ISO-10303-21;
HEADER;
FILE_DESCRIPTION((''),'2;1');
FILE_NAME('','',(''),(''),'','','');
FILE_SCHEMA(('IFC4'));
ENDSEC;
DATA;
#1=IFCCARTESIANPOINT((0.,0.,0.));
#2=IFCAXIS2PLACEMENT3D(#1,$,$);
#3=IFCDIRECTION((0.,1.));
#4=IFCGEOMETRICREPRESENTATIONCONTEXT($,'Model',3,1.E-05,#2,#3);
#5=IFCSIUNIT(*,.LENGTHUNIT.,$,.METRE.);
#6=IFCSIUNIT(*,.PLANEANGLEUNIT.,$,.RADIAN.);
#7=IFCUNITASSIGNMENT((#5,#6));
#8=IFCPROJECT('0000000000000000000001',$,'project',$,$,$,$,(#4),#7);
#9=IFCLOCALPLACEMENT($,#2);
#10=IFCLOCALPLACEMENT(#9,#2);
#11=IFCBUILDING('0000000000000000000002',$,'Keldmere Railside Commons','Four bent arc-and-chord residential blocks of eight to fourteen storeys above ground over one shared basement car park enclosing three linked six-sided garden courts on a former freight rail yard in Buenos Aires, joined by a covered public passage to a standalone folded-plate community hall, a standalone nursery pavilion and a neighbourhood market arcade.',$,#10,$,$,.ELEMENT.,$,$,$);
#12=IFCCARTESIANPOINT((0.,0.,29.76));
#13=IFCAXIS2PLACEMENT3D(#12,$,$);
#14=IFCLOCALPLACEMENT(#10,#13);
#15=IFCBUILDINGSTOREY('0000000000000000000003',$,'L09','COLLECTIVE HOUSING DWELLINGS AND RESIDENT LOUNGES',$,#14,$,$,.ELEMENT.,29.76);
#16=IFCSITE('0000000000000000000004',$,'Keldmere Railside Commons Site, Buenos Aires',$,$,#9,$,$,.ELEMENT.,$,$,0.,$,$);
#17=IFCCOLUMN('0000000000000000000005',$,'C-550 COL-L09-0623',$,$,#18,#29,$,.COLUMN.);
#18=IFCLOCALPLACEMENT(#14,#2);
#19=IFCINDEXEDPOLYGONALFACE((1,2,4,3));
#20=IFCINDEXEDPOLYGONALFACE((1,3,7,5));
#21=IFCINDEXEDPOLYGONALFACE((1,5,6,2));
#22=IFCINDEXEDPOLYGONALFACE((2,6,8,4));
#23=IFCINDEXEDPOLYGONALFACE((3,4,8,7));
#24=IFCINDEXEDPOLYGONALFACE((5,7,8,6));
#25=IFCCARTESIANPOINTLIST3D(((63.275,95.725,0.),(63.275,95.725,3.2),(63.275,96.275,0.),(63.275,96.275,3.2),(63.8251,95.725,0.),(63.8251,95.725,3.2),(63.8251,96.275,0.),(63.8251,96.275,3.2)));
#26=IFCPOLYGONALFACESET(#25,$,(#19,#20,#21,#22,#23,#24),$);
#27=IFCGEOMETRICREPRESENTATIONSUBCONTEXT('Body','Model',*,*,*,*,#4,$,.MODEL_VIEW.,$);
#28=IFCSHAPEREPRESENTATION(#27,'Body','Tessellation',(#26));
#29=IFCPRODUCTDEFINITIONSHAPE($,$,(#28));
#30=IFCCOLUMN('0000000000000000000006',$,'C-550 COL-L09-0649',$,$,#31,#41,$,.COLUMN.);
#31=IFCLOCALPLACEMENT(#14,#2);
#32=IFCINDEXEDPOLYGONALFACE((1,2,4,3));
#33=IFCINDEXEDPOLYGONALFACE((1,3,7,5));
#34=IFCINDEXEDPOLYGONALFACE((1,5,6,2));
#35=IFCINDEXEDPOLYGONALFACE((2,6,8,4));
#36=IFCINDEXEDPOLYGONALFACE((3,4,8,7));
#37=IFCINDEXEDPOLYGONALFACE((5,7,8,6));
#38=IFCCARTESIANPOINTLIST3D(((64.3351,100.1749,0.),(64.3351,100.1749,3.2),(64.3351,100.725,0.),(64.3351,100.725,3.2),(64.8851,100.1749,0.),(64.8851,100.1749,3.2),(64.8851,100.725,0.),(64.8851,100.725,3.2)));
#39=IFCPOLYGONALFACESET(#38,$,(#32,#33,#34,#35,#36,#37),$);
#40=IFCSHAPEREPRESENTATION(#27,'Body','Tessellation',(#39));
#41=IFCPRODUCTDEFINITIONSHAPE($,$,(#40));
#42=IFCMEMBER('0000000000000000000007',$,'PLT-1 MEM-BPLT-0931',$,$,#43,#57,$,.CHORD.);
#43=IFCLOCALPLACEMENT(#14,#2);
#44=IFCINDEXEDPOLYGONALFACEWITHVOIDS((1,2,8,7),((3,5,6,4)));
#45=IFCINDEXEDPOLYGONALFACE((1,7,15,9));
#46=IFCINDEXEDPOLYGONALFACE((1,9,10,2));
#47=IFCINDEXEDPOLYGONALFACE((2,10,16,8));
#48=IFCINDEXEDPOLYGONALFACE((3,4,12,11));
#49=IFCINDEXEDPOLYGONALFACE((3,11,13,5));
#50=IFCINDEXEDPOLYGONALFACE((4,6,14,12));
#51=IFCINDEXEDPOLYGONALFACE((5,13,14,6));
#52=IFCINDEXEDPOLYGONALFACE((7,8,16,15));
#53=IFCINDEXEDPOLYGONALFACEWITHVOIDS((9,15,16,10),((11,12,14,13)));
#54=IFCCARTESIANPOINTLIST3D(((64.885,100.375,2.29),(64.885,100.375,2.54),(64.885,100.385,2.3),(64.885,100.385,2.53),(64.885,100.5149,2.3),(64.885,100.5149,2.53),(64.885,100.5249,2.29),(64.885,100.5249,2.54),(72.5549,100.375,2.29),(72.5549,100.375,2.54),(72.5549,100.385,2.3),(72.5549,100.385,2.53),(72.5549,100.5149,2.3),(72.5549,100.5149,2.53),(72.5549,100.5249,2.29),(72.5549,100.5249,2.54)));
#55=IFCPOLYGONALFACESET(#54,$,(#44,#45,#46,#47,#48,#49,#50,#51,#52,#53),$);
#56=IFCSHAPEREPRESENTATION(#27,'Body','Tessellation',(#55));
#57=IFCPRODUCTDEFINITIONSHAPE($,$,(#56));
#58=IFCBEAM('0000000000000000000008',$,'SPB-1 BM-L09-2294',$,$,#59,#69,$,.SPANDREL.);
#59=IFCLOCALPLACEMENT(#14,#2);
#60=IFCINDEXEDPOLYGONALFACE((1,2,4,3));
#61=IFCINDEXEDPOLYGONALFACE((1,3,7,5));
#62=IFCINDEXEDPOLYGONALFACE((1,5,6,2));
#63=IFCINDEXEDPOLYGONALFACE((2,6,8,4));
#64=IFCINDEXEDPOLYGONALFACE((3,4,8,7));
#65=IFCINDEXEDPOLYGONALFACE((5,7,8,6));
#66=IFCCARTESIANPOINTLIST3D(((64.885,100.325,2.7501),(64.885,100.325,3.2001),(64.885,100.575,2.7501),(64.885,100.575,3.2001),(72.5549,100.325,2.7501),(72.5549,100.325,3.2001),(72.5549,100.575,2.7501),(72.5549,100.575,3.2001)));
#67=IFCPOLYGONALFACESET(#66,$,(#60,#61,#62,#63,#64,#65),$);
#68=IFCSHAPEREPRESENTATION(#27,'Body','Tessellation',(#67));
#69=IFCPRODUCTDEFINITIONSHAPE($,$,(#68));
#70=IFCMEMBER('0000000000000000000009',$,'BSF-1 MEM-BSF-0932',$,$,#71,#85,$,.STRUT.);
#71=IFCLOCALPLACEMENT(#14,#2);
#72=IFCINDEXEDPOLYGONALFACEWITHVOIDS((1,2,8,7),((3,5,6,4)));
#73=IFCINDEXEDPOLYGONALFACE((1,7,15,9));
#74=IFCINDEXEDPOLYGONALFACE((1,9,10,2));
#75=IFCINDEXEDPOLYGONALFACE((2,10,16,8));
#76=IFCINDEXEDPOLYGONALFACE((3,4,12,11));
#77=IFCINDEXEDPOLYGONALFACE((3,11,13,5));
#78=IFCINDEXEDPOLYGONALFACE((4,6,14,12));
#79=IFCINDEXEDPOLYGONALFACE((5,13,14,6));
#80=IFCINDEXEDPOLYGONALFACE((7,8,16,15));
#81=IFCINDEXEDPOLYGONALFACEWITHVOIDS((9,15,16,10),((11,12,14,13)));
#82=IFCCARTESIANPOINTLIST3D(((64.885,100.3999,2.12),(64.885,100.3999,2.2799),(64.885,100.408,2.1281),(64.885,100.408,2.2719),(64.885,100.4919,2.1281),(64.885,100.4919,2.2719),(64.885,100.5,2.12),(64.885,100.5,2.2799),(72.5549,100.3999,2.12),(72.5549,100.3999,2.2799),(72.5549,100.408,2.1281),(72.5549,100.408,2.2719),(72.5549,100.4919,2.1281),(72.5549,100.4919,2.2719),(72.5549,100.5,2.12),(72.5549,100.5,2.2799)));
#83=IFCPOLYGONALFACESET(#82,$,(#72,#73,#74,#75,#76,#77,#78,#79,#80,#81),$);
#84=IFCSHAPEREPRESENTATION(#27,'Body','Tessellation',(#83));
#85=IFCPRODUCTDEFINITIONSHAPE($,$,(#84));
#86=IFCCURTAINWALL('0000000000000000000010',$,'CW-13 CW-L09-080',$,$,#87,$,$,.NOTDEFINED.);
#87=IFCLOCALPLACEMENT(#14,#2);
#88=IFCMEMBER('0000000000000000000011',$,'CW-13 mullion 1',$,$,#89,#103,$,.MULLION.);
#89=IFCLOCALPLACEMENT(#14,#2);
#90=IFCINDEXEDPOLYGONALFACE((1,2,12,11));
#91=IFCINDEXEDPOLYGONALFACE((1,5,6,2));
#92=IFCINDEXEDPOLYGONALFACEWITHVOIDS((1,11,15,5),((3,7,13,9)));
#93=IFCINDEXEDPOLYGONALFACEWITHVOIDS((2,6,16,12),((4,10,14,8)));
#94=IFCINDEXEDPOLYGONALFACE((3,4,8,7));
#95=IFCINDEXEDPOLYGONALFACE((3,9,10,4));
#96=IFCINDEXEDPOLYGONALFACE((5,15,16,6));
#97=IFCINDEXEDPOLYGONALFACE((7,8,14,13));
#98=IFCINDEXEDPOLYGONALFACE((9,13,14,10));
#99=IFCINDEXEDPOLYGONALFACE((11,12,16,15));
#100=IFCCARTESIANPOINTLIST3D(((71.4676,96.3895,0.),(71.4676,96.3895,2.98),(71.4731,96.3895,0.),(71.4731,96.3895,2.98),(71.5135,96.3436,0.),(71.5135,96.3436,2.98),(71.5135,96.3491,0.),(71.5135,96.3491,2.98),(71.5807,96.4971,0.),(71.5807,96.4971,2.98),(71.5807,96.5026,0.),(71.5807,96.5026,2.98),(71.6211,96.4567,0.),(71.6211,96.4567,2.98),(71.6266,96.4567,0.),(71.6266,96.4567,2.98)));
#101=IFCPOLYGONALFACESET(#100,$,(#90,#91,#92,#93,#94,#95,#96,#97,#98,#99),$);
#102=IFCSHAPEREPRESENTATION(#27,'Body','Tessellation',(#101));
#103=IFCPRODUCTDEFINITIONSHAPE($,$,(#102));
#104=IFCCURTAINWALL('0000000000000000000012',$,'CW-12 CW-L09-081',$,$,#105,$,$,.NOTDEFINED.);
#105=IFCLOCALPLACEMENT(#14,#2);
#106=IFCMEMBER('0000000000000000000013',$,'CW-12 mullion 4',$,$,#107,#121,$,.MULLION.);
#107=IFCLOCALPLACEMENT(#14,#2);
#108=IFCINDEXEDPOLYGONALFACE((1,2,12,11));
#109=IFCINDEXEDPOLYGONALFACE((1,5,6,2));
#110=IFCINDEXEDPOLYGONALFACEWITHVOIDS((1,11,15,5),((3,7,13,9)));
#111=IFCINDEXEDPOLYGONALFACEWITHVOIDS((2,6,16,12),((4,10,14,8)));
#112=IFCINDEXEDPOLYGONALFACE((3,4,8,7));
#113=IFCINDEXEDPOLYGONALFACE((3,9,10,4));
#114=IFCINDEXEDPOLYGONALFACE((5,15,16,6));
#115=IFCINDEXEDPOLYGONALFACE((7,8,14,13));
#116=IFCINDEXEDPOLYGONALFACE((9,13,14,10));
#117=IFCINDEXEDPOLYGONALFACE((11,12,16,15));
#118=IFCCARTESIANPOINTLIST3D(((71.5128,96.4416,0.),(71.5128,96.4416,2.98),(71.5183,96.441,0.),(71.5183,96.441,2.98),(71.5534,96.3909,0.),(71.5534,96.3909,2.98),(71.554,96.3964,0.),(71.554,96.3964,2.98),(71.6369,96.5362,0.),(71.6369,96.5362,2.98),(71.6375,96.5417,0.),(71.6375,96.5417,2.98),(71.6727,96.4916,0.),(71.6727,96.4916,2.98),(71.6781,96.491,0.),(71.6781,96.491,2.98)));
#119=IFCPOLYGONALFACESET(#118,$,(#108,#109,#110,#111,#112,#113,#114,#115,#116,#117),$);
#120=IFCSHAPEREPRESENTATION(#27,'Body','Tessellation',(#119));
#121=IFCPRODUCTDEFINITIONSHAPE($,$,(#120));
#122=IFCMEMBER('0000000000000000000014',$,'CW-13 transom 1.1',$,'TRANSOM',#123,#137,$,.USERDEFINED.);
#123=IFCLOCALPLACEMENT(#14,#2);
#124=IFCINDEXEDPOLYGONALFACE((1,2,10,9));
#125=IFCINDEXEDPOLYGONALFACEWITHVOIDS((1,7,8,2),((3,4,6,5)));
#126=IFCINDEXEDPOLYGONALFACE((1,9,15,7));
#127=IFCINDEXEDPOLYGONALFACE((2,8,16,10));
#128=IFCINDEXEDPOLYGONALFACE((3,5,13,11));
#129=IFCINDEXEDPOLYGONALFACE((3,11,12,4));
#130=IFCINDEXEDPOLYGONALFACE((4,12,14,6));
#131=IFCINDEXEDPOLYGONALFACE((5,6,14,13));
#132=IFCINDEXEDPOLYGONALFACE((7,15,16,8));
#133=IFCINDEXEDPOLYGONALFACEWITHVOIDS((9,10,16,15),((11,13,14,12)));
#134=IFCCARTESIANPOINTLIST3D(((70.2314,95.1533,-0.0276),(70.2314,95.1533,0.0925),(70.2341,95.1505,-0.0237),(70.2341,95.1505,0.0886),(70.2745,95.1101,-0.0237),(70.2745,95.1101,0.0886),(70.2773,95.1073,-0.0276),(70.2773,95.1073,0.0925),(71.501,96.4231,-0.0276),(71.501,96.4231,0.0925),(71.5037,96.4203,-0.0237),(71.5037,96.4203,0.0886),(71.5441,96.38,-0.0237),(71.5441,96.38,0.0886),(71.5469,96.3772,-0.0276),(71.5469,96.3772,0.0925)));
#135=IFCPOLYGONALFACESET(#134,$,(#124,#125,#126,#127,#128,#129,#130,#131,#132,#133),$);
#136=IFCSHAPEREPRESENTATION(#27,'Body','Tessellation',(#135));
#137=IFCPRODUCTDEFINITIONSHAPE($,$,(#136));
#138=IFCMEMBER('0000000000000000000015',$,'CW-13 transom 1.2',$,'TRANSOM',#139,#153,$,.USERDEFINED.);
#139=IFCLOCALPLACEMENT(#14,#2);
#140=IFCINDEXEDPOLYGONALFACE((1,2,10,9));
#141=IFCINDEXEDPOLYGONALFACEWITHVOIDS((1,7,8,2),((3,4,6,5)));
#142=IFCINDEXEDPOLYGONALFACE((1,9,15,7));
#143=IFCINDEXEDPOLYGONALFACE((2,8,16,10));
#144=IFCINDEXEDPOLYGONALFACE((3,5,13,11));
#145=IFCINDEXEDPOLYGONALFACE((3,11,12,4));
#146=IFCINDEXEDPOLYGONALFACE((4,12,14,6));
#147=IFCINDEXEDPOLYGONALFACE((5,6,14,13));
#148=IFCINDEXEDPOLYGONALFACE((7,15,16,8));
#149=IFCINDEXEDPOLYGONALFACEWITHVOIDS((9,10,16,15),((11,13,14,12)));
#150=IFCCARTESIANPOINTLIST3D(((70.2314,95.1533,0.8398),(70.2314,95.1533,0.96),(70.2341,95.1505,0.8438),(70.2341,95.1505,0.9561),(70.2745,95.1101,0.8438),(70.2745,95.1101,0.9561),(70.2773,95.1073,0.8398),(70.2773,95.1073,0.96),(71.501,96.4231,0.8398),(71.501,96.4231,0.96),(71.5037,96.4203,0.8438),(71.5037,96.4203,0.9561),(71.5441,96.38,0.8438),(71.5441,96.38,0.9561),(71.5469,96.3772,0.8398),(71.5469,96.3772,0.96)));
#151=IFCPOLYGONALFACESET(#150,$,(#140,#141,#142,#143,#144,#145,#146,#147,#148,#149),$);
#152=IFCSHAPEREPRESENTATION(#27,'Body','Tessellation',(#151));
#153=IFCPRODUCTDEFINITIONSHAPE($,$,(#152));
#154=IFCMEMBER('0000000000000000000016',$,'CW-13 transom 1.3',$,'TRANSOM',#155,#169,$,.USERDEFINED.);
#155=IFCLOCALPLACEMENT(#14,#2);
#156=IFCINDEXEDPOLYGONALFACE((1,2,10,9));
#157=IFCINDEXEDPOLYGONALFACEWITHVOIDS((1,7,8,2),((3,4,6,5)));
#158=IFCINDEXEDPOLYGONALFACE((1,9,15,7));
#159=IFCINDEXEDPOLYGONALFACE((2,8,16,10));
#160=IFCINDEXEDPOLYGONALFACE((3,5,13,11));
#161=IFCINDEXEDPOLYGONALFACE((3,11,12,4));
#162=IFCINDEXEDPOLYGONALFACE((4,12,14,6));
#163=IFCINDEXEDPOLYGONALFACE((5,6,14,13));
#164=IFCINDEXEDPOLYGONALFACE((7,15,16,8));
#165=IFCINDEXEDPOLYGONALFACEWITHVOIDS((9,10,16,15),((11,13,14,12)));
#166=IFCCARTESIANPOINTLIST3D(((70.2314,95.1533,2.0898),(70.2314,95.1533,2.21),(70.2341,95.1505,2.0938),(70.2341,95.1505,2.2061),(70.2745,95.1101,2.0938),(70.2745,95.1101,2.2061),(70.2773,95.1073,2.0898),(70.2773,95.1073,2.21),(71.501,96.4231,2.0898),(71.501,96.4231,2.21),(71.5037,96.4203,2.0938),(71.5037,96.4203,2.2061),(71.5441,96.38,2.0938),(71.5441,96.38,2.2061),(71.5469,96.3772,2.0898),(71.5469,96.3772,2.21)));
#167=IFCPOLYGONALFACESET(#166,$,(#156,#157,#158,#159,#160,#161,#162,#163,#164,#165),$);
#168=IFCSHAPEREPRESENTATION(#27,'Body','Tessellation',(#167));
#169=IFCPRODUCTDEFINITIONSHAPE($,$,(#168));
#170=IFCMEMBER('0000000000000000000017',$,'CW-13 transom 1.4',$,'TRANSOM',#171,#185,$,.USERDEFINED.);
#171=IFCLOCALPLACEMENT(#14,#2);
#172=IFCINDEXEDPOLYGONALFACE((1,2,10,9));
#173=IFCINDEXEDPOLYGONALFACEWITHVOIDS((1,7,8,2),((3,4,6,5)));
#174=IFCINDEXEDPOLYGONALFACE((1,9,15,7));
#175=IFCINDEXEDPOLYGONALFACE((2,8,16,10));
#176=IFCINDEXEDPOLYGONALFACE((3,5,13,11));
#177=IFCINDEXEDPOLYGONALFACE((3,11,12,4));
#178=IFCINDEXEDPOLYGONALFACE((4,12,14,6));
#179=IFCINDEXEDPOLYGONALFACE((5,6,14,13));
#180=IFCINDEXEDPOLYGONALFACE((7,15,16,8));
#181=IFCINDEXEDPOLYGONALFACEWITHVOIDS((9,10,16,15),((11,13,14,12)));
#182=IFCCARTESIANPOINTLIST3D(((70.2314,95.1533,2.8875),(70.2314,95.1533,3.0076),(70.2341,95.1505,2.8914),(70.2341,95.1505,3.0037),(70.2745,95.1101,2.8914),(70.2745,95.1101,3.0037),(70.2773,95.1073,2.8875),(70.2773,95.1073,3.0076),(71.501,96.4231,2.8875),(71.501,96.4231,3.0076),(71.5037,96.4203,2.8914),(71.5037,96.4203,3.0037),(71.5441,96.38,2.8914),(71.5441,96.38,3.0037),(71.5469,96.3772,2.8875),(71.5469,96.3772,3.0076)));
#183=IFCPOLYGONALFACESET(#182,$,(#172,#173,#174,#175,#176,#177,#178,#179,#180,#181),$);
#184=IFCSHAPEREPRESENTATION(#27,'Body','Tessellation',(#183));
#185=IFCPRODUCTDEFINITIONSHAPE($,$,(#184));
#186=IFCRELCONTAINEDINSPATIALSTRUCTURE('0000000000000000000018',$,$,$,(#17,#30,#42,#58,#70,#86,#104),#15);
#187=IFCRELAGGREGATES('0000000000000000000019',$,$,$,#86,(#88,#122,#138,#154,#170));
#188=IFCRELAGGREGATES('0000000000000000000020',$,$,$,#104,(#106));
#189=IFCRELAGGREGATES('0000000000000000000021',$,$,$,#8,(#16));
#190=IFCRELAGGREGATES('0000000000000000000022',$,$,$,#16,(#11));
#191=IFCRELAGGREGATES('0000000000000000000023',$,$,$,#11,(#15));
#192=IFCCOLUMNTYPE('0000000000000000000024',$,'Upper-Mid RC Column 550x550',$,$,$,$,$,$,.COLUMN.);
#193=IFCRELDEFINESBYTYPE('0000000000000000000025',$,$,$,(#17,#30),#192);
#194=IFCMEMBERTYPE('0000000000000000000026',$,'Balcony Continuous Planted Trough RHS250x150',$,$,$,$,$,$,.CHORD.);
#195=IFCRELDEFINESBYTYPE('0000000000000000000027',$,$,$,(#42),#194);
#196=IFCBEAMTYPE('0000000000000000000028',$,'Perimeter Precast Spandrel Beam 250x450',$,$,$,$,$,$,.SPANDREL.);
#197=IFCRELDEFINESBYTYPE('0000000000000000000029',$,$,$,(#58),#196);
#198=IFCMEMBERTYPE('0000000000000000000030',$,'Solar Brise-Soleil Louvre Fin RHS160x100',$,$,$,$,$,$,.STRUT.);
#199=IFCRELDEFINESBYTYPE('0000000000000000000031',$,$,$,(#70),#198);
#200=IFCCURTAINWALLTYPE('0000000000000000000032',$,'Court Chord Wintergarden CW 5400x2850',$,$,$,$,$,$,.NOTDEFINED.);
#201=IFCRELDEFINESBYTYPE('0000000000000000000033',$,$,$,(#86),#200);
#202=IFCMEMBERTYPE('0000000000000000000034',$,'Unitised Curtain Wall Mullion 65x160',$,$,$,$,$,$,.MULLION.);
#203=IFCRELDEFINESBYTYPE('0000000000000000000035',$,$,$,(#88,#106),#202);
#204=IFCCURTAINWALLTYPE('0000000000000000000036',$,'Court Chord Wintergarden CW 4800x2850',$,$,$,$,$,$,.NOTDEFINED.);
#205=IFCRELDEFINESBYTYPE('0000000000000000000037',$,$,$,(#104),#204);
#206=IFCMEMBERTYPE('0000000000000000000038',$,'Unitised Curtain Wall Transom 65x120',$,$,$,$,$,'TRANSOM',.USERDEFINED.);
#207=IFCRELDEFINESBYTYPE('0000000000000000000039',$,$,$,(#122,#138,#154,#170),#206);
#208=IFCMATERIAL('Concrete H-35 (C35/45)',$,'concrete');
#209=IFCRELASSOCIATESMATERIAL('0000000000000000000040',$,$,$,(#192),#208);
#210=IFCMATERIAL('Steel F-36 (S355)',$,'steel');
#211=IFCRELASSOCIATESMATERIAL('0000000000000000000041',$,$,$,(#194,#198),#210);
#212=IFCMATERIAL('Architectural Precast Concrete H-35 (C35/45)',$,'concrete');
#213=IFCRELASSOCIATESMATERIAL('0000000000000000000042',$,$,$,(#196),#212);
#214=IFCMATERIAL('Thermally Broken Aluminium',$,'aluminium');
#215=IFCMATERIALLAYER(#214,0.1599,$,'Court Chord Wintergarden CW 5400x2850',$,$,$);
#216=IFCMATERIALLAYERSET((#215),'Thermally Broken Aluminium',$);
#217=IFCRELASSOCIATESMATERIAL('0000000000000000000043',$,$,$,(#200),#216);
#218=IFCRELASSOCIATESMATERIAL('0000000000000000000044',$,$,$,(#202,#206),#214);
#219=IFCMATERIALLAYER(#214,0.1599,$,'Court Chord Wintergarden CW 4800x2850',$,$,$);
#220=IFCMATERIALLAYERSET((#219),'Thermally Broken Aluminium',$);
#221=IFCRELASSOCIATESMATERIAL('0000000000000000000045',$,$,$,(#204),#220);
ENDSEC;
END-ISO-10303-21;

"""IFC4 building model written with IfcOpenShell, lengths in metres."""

from ifc_helpers import new_model, si_unit, direction, frame, origin, origin_2d, place, context, subcontext, project, spatial, rectangle, hollow_rectangle, extrude, material, layer, layer_set, material_profile, profile_set, type_object, element, aggregate, save


model = new_model("IFC4")

# Units and contexts
model_context = context("Model", 3, precision=1e-05, world=origin(), true_north=direction((0.0, 1.0)))
body_context = subcontext(model_context, "Body", "Model", "MODEL_VIEW")
ifc_project = project(units=[si_unit("LENGTHUNIT", "METRE"), si_unit("PLANEANGLEUNIT", "RADIAN")], contexts=[model_context])

# Site, building, storey
site_placement = place(None, origin())
site = spatial("IfcSite", under=ifc_project, at=site_placement, Name="Keldmere Railside Commons Site, Buenos Aires", CompositionType="ELEMENT", RefElevation=0.0)
building_placement = place(site_placement, origin())
building = spatial("IfcBuilding", under=site, at=building_placement, Name="Keldmere Railside Commons", Description="Four bent arc-and-chord residential blocks of eight to fourteen storeys above ground over one shared basement car park enclosing three linked six-sided garden courts on a former freight rail yard in Buenos Aires, joined by a covered public passage to a standalone folded-plate community hall, a standalone nursery pavilion and a neighbourhood market arcade.", CompositionType="ELEMENT")
storey_placement = place(building_placement, frame((0.0, 0.0, 29.76)))
storey = spatial("IfcBuildingStorey", under=building, at=storey_placement, Name="L09", Description="COLLECTIVE HOUSING DWELLINGS AND RESIDENT LOUNGES", CompositionType="ELEMENT", Elevation=29.76)

# Columns
ifc_material_1 = material(Name="Concrete H-35 (C35/45)", Category="concrete")
ifc_material_profile_1 = material_profile(ifc_material_1, rectangle(XDim=0.55, YDim=0.55, at=origin_2d()), Name="RC-550x550")
ifc_profile_set_1 = profile_set([ifc_material_profile_1], Name="Concrete H-35 (C35/45)")
column_type = type_object("IfcColumnType", Name="Upper-Mid RC Column 550x550", PredefinedType="COLUMN", material=ifc_profile_set_1)
for number, where, z_axis, x_axis, name in (
    (1, (63.55, 96.0, 0.0), (0.0, 0.0, 1.0), (1.0, 0.0, 0.0), "C-550 COL-L09-0623"),
    (2, (64.6101, 100.45, 0.0), (0.0, 0.0, 1.0), (1.0, 0.0, 0.0), "C-550 COL-L09-0649"),
):
    element("IfcColumn", number, at=place(storey_placement, frame(where, z_axis=z_axis, x_axis=x_axis)), inside=storey, type_object=column_type, Name=name, PredefinedType="COLUMN", context=body_context, shape_type="SweptSolid", body=[
        extrude(rectangle(XDim=0.55, YDim=0.55, at=origin_2d()), origin(), (0.0, 0.0, 1.0), 3.2),
    ])

# Member
ifc_material_2 = material(Name="Steel F-36 (S355)", Category="steel")
ifc_material_profile_2 = material_profile(ifc_material_2, hollow_rectangle(XDim=0.1499, YDim=0.25, WallThickness=0.01, at=origin_2d()), Name="RHS-250x150x10")
ifc_profile_set_2 = profile_set([ifc_material_profile_2], Name="Steel F-36 (S355)")
member_type_1 = type_object("IfcMemberType", Name="Balcony Continuous Planted Trough RHS250x150", PredefinedType="CHORD", material=ifc_profile_set_2)
member_1_placement = place(storey_placement, frame((64.885, 100.45, 2.415), z_axis=(1.0, 0.0, 0.0), x_axis=(0.0, 1.0, 0.0)))
element("IfcMember", 3, at=member_1_placement, inside=storey, type_object=member_type_1, Name="PLT-1 MEM-BPLT-0931", PredefinedType="CHORD", context=body_context, shape_type="SweptSolid", body=[
    extrude(hollow_rectangle(XDim=0.1499, YDim=0.25, WallThickness=0.01, at=origin_2d()), origin(), (0.0, 0.0, 1.0), 7.6699),
])

# Beam
ifc_material_3 = material(Name="Architectural Precast Concrete H-35 (C35/45)", Category="concrete")
ifc_material_profile_3 = material_profile(ifc_material_3, rectangle(XDim=0.25, YDim=0.45, at=origin_2d()), Name="RC-250x450")
ifc_profile_set_3 = profile_set([ifc_material_profile_3], Name="Architectural Precast Concrete H-35 (C35/45)")
beam_type = type_object("IfcBeamType", Name="Perimeter Precast Spandrel Beam 250x450", PredefinedType="SPANDREL", material=ifc_profile_set_3)
beam_placement = place(storey_placement, frame((64.885, 100.45, 2.9751), z_axis=(1.0, 0.0, 0.0), x_axis=(0.0, 1.0, 0.0)))
element("IfcBeam", 4, at=beam_placement, inside=storey, type_object=beam_type, Name="SPB-1 BM-L09-2294", PredefinedType="SPANDREL", context=body_context, shape_type="SweptSolid", body=[
    extrude(rectangle(XDim=0.25, YDim=0.45, at=origin_2d()), origin(), (0.0, 0.0, 1.0), 7.6699),
])

# Member
ifc_material_profile_4 = material_profile(ifc_material_2, hollow_rectangle(XDim=0.1001, YDim=0.1599, WallThickness=0.0081, at=origin_2d()), Name="RHS-160x100x8")
ifc_profile_set_4 = profile_set([ifc_material_profile_4], Name="Steel F-36 (S355)")
member_type_2 = type_object("IfcMemberType", Name="Solar Brise-Soleil Louvre Fin RHS160x100", PredefinedType="STRUT", material=ifc_profile_set_4)
member_2_placement = place(storey_placement, frame((64.885, 100.45, 2.2), z_axis=(1.0, 0.0, 0.0), x_axis=(0.0, 1.0, 0.0)))
element("IfcMember", 5, at=member_2_placement, inside=storey, type_object=member_type_2, Name="BSF-1 MEM-BSF-0932", PredefinedType="STRUT", context=body_context, shape_type="SweptSolid", body=[
    extrude(hollow_rectangle(XDim=0.1001, YDim=0.1599, WallThickness=0.0081, at=origin_2d()), origin(), (0.0, 0.0, 1.0), 7.6699),
])

# Curtain walls, members
ifc_material_4 = material(Name="Thermally Broken Aluminium", Category="aluminium")
ifc_layer_1 = layer(ifc_material_4, 0.1599, Name="Court Chord Wintergarden CW 5400x2850")
ifc_layer_set_1 = layer_set([ifc_layer_1], Name="Thermally Broken Aluminium")
curtain_wall_type_1 = type_object("IfcCurtainWallType", Name="Court Chord Wintergarden CW 5400x2850", PredefinedType="NOTDEFINED", material=ifc_layer_set_1)
curtain_wall_1_placement = place(storey_placement, origin())
curtain_wall_1 = element("IfcCurtainWall", 6, at=curtain_wall_1_placement, inside=storey, type_object=curtain_wall_type_1, Name="CW-13 CW-L09-080", PredefinedType="NOTDEFINED")
ifc_material_profile_5 = material_profile(ifc_material_4, hollow_rectangle(XDim=0.0649, YDim=0.1599, WallThickness=0.0039, at=origin_2d()), Name="ALU-MULL-65x160")
ifc_profile_set_5 = profile_set([ifc_material_profile_5], Name="Thermally Broken Aluminium")
member_type_3 = type_object("IfcMemberType", Name="Unitised Curtain Wall Mullion 65x160", PredefinedType="MULLION", material=ifc_profile_set_5)
member_3_placement = place(storey_placement, frame((71.5471, 96.4231, 0.0), z_axis=(0.0, 0.0, 1.0), x_axis=(0.707107, -0.707107, 0.0)))
member_3 = element("IfcMember", 7, at=member_3_placement, type_object=member_type_3, Name="CW-13 mullion 1", PredefinedType="MULLION", context=body_context, shape_type="SweptSolid", body=[
    extrude(hollow_rectangle(XDim=0.0649, YDim=0.1599, WallThickness=0.0039, at=origin_2d()), origin(), (0.0, 0.0, 1.0), 2.98),
])
ifc_layer_2 = layer(ifc_material_4, 0.1599, Name="Court Chord Wintergarden CW 4800x2850")
ifc_layer_set_2 = layer_set([ifc_layer_2], Name="Thermally Broken Aluminium")
curtain_wall_type_2 = type_object("IfcCurtainWallType", Name="Court Chord Wintergarden CW 4800x2850", PredefinedType="NOTDEFINED", material=ifc_layer_set_2)
curtain_wall_2_placement = place(storey_placement, origin())
curtain_wall_2 = element("IfcCurtainWall", 8, at=curtain_wall_2_placement, inside=storey, type_object=curtain_wall_type_2, Name="CW-12 CW-L09-081", PredefinedType="NOTDEFINED")
member_4_placement = place(storey_placement, frame((71.5955, 96.4663, 0.0), z_axis=(0.0, 0.0, 1.0), x_axis=(0.625768, -0.780009, 0.0)))
member_4 = element("IfcMember", 9, at=member_4_placement, type_object=member_type_3, Name="CW-12 mullion 4", PredefinedType="MULLION", context=body_context, shape_type="SweptSolid", body=[
    extrude(hollow_rectangle(XDim=0.0649, YDim=0.1599, WallThickness=0.0039, at=origin_2d()), origin(), (0.0, 0.0, 1.0), 2.98),
])

# Members
ifc_material_profile_6 = material_profile(ifc_material_4, hollow_rectangle(XDim=0.0649, YDim=0.1201, WallThickness=0.0039, at=origin_2d()), Name="ALU-TRAN-65x120")
ifc_profile_set_6 = profile_set([ifc_material_profile_6], Name="Thermally Broken Aluminium")
member_type_4 = type_object("IfcMemberType", Name="Unitised Curtain Wall Transom 65x120", ElementType="TRANSOM", PredefinedType="USERDEFINED", material=ifc_profile_set_6)
member_5_placement = place(storey_placement, frame((71.5239, 96.4001, 0.0325), z_axis=(-0.707039, -0.707175, 0.0), x_axis=(0.707175, -0.707039, 0.0)))
member_5 = element("IfcMember", 10, at=member_5_placement, type_object=member_type_4, Name="CW-13 transom 1.1", ObjectType="TRANSOM", PredefinedType="USERDEFINED", context=body_context, shape_type="SweptSolid", body=[
    extrude(hollow_rectangle(XDim=0.0649, YDim=0.1201, WallThickness=0.0039, at=origin_2d()), origin(), (0.0, 0.0, 1.0), 1.7957),
])
member_6_placement = place(storey_placement, frame((71.5239, 96.4001, 0.8999), z_axis=(-0.707039, -0.707175, 0.0), x_axis=(0.707175, -0.707039, 0.0)))
member_6 = element("IfcMember", 11, at=member_6_placement, type_object=member_type_4, Name="CW-13 transom 1.2", ObjectType="TRANSOM", PredefinedType="USERDEFINED", context=body_context, shape_type="SweptSolid", body=[
    extrude(hollow_rectangle(XDim=0.0649, YDim=0.1201, WallThickness=0.0039, at=origin_2d()), origin(), (0.0, 0.0, 1.0), 1.7957),
])
member_7_placement = place(storey_placement, frame((71.5239, 96.4001, 2.1499), z_axis=(-0.707039, -0.707175, 0.0), x_axis=(0.707175, -0.707039, 0.0)))
member_7 = element("IfcMember", 12, at=member_7_placement, type_object=member_type_4, Name="CW-13 transom 1.3", ObjectType="TRANSOM", PredefinedType="USERDEFINED", context=body_context, shape_type="SweptSolid", body=[
    extrude(hollow_rectangle(XDim=0.0649, YDim=0.1201, WallThickness=0.0039, at=origin_2d()), origin(), (0.0, 0.0, 1.0), 1.7957),
])
member_8_placement = place(storey_placement, frame((71.5239, 96.4001, 2.9475), z_axis=(-0.707039, -0.707175, 0.0), x_axis=(0.707175, -0.707039, 0.0)))
member_8 = element("IfcMember", 13, at=member_8_placement, type_object=member_type_4, Name="CW-13 transom 1.4", ObjectType="TRANSOM", PredefinedType="USERDEFINED", context=body_context, shape_type="SweptSolid", body=[
    extrude(hollow_rectangle(XDim=0.0649, YDim=0.1201, WallThickness=0.0039, at=origin_2d()), origin(), (0.0, 0.0, 1.0), 1.7957),
])

aggregate(curtain_wall_1, [member_3, member_5, member_6, member_7, member_8])
aggregate(curtain_wall_2, [member_4])

save(model, "model.ifc")
